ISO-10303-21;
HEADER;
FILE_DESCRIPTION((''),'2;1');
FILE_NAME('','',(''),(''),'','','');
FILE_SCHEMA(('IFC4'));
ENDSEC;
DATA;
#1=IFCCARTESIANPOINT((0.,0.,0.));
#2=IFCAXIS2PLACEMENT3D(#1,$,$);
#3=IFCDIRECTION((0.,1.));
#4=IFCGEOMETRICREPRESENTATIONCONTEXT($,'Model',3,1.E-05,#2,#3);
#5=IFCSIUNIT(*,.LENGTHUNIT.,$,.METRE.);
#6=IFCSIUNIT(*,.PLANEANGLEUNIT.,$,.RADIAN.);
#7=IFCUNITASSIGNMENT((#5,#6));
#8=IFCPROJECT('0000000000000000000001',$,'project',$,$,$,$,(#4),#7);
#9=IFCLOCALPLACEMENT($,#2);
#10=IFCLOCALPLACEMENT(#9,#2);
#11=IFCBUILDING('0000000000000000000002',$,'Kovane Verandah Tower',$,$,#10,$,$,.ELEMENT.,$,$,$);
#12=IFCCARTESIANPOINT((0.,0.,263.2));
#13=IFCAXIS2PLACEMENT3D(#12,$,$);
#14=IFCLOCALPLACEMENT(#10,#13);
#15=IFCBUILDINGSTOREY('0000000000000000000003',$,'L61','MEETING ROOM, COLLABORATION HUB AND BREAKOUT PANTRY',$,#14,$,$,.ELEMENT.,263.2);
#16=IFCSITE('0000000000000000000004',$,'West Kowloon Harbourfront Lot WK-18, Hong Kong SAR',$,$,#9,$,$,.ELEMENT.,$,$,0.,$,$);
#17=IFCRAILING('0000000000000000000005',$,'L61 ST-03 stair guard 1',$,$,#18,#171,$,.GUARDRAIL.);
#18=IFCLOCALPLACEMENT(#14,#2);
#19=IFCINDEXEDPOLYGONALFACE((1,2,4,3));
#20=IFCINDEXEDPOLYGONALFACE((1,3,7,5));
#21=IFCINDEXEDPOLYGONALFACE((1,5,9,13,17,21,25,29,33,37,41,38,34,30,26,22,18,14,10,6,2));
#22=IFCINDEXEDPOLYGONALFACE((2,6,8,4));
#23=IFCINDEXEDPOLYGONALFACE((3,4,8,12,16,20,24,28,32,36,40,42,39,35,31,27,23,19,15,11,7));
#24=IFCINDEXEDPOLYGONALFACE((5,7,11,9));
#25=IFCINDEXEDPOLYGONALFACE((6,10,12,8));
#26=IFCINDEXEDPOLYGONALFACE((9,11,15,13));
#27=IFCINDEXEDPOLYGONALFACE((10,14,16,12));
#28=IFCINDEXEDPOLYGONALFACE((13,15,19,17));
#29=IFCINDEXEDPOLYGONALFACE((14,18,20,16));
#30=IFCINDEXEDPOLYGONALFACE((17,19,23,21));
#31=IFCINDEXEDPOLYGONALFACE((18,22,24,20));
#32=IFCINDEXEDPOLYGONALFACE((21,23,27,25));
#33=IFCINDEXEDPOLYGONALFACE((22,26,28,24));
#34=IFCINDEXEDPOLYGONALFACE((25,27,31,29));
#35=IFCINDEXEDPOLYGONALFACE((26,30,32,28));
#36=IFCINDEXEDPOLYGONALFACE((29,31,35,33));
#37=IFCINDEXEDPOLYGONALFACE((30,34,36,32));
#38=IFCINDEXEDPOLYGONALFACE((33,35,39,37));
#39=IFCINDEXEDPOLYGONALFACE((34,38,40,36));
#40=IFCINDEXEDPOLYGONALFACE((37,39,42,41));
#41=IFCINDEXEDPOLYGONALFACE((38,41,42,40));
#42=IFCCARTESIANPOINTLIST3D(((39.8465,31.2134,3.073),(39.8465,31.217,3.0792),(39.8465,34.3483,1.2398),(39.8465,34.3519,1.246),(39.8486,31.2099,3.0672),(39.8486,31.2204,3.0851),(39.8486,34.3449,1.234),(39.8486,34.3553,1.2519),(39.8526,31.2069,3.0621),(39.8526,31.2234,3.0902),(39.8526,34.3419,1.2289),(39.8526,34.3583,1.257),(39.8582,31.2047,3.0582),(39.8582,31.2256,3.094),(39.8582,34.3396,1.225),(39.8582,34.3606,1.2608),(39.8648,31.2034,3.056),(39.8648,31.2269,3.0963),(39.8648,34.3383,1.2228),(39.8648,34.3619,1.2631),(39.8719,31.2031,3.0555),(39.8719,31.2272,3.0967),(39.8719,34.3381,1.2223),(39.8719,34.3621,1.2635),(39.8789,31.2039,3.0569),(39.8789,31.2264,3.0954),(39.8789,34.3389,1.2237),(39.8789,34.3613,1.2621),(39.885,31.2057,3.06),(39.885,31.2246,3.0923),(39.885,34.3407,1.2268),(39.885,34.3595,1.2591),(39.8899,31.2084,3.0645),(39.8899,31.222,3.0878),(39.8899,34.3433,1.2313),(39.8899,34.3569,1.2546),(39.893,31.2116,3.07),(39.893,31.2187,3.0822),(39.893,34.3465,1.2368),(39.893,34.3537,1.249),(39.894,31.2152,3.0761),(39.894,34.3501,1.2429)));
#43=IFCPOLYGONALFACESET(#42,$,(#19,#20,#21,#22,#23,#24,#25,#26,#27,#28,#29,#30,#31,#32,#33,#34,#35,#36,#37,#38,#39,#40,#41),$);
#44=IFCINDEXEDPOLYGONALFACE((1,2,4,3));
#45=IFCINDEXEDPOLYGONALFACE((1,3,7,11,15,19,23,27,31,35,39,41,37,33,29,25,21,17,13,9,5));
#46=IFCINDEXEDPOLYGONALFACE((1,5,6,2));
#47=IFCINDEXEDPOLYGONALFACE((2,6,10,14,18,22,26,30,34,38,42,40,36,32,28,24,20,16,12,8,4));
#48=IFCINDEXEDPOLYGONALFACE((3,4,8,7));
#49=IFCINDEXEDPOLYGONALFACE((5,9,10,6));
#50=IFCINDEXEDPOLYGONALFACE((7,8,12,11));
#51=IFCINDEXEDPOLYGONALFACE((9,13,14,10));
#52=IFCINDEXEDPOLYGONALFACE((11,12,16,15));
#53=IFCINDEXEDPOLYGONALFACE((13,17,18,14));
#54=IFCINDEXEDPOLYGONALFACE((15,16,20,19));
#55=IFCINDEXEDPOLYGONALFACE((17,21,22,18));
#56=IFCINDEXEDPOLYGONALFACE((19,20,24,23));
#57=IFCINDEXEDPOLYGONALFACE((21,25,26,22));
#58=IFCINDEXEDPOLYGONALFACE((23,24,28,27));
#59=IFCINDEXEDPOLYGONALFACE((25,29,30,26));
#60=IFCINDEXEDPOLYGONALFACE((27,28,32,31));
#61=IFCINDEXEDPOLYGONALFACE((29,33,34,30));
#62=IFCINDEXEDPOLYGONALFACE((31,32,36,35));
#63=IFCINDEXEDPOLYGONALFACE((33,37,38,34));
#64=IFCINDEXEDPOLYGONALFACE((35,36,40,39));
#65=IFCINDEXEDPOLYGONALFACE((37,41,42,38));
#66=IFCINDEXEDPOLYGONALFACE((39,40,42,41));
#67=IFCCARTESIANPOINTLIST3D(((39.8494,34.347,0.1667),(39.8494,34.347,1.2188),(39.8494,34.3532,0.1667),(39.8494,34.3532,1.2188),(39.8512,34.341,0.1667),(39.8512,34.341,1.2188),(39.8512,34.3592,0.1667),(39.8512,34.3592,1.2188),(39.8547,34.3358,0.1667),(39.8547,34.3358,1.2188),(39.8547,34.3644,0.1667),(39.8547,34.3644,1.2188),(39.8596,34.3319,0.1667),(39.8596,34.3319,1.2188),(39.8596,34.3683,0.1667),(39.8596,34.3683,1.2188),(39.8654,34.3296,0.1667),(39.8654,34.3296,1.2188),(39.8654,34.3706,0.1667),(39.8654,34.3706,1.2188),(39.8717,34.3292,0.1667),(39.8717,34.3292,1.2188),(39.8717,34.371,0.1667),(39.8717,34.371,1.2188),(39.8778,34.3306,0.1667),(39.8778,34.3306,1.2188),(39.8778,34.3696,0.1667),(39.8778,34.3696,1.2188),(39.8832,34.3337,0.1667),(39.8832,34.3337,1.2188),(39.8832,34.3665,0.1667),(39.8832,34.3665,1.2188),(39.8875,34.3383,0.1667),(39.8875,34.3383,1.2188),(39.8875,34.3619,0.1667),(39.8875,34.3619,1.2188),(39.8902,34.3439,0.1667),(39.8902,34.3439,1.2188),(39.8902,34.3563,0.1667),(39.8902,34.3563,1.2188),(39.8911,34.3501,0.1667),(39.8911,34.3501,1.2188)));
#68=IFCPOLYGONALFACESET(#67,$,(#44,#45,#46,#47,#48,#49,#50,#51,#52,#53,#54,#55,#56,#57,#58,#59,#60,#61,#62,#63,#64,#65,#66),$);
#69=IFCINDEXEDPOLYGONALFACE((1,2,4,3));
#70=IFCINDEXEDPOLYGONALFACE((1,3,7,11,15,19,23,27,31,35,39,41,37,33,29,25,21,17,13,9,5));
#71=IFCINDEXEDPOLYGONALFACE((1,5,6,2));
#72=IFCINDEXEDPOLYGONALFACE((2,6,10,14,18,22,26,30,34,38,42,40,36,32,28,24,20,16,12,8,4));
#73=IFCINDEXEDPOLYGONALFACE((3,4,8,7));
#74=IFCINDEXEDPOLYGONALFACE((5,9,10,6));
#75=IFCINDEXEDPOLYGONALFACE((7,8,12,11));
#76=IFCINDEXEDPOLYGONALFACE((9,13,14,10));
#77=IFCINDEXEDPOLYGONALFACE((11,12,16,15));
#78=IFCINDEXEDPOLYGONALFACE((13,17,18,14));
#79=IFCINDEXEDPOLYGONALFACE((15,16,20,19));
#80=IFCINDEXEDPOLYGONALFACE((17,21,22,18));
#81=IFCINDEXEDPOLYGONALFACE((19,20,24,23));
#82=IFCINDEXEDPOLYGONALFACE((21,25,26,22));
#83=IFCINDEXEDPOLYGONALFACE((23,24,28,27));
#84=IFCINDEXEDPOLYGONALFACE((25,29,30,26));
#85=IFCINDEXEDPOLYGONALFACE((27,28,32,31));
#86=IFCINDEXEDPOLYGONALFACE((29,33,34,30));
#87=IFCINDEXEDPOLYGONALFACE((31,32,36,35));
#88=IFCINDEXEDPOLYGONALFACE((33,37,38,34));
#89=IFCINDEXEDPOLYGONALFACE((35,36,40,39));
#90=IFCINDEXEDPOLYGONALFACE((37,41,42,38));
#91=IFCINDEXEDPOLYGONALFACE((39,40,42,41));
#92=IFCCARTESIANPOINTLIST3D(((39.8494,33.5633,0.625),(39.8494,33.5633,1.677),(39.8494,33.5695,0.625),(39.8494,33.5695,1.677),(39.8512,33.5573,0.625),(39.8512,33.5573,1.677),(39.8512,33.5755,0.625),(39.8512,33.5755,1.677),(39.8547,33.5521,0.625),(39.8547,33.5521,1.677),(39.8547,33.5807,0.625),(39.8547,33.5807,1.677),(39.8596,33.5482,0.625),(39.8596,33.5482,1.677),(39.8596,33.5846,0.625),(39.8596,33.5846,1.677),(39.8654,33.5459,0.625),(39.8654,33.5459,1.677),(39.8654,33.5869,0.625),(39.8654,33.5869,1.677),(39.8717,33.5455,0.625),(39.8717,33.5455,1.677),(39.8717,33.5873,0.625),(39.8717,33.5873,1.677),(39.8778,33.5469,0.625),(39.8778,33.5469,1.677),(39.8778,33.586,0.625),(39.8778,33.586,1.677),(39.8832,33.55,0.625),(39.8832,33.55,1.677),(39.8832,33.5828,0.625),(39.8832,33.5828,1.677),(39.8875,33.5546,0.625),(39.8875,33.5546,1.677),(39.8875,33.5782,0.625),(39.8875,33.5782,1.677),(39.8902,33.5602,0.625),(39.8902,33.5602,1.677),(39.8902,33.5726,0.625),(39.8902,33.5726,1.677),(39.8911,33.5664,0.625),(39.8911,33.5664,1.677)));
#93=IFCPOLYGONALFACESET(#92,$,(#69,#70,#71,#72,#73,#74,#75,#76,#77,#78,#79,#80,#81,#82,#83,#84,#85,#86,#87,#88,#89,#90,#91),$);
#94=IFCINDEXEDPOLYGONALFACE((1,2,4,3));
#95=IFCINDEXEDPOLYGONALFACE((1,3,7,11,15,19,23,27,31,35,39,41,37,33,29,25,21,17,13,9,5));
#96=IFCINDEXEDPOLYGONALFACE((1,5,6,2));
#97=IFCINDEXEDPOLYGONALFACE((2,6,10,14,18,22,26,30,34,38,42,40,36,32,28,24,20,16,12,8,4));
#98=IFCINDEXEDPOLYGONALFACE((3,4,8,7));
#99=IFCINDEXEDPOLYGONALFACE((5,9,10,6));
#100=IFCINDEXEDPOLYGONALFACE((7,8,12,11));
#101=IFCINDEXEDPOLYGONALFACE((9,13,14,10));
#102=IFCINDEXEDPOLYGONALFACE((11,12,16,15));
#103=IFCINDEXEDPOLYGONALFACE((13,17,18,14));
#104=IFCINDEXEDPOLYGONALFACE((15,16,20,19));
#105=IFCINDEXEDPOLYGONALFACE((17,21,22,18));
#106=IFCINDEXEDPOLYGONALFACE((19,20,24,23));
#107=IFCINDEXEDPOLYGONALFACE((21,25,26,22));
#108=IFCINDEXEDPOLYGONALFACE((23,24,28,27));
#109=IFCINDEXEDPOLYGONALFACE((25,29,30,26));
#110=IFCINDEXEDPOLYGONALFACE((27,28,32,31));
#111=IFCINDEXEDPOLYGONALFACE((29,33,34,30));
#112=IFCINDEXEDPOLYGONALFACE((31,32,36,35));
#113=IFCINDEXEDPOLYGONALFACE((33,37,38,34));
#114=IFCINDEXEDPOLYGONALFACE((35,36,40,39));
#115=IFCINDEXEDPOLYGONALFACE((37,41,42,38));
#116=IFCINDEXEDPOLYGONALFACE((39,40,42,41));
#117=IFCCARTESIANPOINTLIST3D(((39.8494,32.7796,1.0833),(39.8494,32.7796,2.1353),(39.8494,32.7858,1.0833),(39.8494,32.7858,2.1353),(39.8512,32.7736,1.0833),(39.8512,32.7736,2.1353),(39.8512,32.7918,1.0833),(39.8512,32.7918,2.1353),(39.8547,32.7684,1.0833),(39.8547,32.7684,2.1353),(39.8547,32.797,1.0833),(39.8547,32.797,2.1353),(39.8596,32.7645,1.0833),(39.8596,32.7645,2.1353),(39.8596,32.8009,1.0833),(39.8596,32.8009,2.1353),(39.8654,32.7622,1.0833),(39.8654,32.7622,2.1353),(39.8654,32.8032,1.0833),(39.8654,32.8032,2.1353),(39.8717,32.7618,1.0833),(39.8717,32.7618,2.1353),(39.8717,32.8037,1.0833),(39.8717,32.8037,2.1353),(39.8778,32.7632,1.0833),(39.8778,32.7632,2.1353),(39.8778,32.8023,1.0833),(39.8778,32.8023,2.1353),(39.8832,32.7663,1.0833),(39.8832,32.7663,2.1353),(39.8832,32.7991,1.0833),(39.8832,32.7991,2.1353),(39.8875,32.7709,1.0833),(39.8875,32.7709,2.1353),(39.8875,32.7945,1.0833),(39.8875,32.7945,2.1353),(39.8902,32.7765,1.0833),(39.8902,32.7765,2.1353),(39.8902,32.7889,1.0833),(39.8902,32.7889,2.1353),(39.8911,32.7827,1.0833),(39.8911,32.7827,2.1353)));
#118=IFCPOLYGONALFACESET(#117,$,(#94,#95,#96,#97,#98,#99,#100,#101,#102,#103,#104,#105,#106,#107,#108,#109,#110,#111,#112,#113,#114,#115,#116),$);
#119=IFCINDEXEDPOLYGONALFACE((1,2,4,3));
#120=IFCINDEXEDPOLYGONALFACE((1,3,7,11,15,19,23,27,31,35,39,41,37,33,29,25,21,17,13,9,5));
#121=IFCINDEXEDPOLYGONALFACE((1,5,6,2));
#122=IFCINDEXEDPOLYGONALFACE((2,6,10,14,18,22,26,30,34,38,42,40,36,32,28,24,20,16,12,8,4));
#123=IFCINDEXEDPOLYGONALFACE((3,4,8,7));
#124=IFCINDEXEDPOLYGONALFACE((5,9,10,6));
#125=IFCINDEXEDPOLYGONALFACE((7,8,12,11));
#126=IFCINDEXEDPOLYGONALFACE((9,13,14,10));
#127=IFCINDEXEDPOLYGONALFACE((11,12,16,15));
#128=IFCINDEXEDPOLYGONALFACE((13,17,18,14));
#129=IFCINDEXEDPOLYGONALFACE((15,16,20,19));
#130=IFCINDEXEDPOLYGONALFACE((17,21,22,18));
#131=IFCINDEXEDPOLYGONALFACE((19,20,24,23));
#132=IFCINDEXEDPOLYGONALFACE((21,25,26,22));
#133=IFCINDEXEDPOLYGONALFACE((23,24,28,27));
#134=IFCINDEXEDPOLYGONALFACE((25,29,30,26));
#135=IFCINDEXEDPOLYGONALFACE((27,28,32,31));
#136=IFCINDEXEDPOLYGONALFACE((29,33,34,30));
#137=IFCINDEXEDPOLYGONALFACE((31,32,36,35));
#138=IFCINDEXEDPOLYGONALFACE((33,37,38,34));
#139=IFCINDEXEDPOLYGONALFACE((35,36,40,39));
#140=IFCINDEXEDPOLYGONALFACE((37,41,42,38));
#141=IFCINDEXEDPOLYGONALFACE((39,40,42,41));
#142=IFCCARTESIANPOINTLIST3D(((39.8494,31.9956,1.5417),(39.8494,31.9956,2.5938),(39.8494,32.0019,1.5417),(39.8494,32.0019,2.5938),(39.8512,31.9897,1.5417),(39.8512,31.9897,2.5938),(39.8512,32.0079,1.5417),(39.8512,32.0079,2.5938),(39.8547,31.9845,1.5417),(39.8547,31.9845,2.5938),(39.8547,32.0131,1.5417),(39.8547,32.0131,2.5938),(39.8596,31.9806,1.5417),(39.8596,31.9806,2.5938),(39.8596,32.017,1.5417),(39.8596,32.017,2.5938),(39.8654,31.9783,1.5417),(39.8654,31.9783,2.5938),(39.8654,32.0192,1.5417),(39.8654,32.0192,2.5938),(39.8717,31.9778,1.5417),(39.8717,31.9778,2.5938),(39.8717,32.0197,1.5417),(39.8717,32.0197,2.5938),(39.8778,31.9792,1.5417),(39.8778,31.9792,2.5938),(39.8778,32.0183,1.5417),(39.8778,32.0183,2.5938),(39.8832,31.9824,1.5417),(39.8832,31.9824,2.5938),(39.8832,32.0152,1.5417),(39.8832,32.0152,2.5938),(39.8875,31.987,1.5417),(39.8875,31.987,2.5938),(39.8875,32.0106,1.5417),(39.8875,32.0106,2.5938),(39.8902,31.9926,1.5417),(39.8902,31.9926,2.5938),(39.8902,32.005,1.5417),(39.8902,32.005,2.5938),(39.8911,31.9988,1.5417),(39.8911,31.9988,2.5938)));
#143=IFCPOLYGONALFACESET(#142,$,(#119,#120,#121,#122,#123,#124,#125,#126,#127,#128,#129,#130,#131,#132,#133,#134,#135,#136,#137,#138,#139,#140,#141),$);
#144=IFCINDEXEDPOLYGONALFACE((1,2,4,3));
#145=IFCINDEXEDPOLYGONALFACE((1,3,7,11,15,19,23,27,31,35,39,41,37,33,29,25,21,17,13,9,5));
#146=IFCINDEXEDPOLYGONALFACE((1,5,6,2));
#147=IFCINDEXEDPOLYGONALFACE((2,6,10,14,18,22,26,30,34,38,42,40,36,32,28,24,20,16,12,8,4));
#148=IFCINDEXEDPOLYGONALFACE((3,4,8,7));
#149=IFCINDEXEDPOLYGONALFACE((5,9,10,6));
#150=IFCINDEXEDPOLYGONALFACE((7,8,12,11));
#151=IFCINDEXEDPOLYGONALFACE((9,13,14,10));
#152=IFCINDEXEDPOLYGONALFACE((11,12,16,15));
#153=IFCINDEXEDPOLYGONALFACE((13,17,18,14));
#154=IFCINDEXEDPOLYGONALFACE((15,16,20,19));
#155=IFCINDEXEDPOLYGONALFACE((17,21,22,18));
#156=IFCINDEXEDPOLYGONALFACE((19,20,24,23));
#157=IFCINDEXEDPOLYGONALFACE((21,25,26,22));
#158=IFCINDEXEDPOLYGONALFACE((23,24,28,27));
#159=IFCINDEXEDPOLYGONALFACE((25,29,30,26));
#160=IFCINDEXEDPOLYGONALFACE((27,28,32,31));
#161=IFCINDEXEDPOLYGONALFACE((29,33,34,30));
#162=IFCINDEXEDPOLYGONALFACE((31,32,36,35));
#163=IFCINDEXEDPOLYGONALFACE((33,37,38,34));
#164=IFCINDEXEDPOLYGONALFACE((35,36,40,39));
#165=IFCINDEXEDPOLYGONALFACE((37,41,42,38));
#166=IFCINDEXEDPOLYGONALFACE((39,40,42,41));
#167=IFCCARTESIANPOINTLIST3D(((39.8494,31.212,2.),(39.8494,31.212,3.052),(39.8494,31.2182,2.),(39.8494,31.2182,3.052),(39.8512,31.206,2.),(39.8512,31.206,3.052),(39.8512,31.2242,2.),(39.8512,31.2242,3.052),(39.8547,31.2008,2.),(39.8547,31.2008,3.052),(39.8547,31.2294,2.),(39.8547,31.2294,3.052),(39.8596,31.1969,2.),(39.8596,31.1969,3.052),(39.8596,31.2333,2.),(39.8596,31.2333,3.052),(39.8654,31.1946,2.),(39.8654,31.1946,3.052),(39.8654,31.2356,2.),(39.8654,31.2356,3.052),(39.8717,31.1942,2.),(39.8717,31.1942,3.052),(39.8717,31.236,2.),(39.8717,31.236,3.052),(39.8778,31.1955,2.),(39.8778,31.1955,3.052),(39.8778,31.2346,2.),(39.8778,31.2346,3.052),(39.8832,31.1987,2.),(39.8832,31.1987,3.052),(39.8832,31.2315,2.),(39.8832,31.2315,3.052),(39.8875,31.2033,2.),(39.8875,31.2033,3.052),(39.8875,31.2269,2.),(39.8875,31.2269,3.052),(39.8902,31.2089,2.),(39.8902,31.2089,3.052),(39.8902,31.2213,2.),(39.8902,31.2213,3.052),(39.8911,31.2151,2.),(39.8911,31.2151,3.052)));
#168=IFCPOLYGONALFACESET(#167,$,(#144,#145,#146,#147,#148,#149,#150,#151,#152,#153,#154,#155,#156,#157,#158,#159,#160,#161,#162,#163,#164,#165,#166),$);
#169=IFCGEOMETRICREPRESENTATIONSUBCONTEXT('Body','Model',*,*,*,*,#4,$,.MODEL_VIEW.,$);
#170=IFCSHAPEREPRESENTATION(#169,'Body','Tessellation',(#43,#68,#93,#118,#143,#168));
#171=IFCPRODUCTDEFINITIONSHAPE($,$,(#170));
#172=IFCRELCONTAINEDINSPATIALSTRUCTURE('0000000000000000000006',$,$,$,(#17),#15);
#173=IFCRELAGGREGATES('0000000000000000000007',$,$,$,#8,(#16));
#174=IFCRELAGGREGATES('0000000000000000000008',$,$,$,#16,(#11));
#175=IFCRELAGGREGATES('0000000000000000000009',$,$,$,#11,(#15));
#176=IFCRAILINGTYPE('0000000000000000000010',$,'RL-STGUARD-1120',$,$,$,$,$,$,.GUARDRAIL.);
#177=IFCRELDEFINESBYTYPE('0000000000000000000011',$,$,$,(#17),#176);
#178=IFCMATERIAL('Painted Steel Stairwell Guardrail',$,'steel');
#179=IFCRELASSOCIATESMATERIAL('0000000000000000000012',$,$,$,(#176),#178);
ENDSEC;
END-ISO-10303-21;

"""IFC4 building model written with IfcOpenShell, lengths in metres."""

from ifc_helpers import new_model, si_unit, direction, frame, origin, origin_2d, place, context, subcontext, project, spatial, circle, extrude, material, type_object, element, save


model = new_model("IFC4")

# Units and contexts
model_context = context("Model", 3, precision=1e-05, world=origin(), true_north=direction((0.0, 1.0)))
body_context = subcontext(model_context, "Body", "Model", "MODEL_VIEW")
ifc_project = project(units=[si_unit("LENGTHUNIT", "METRE"), si_unit("PLANEANGLEUNIT", "RADIAN")], contexts=[model_context])

# Site, building, storey
site_placement = place(None, origin())
site = spatial("IfcSite", under=ifc_project, at=site_placement, Name="West Kowloon Harbourfront Lot WK-18, Hong Kong SAR", CompositionType="ELEMENT", RefElevation=0.0)
building_placement = place(site_placement, origin())
building = spatial("IfcBuilding", under=site, at=building_placement, Name="Kovane Verandah Tower", CompositionType="ELEMENT")
storey_placement = place(building_placement, frame((0.0, 0.0, 263.2)))
storey = spatial("IfcBuildingStorey", under=building, at=storey_placement, Name="L61", Description="MEETING ROOM, COLLABORATION HUB AND BREAKOUT PANTRY", CompositionType="ELEMENT", Elevation=263.2)

# Railing
ifc_material_1 = material(Name="Painted Steel Stairwell Guardrail", Category="steel")
railing_type_1 = type_object("IfcRailingType", Name="RL-STGUARD-1120", PredefinedType="GUARDRAIL", material=ifc_material_1)
railing_1_placement = place(storey_placement, frame((39.8701, 34.3501, 0.1667)))
element("IfcRailing", 1, at=railing_1_placement, inside=storey, type_object=railing_type_1, Name="L61 ST-03 stair guard 1", PredefinedType="GUARDRAIL", context=body_context, shape_type="SweptSolid", body=[
    extrude(circle(Radius=0.0239, at=origin_2d()), frame((0.0, 0.0, 1.0762), z_axis=(0.0, -0.86324, 0.504794), x_axis=(1.0, 0.0, 0.0)), (0.0, 0.0, 1.0), 3.6316),
    extrude(circle(Radius=0.021, at=origin_2d()), origin(), (0.0, 0.0, 1.0), 1.052),
    extrude(circle(Radius=0.021, at=origin_2d()), frame((0.0, -0.7837, 0.4583)), (0.0, 0.0, 1.0), 1.052),
    extrude(circle(Radius=0.021, at=origin_2d()), frame((0.0, -1.5674, 0.9165)), (0.0, 0.0, 1.0), 1.052),
    extrude(circle(Radius=0.021, at=origin_2d()), frame((0.0, -2.3513, 1.375)), (0.0, 0.0, 1.0), 1.052),
    extrude(circle(Radius=0.021, at=origin_2d()), frame((0.0, -3.135, 1.8333)), (0.0, 0.0, 1.0), 1.052),
])

save(model, "model.ifc")
